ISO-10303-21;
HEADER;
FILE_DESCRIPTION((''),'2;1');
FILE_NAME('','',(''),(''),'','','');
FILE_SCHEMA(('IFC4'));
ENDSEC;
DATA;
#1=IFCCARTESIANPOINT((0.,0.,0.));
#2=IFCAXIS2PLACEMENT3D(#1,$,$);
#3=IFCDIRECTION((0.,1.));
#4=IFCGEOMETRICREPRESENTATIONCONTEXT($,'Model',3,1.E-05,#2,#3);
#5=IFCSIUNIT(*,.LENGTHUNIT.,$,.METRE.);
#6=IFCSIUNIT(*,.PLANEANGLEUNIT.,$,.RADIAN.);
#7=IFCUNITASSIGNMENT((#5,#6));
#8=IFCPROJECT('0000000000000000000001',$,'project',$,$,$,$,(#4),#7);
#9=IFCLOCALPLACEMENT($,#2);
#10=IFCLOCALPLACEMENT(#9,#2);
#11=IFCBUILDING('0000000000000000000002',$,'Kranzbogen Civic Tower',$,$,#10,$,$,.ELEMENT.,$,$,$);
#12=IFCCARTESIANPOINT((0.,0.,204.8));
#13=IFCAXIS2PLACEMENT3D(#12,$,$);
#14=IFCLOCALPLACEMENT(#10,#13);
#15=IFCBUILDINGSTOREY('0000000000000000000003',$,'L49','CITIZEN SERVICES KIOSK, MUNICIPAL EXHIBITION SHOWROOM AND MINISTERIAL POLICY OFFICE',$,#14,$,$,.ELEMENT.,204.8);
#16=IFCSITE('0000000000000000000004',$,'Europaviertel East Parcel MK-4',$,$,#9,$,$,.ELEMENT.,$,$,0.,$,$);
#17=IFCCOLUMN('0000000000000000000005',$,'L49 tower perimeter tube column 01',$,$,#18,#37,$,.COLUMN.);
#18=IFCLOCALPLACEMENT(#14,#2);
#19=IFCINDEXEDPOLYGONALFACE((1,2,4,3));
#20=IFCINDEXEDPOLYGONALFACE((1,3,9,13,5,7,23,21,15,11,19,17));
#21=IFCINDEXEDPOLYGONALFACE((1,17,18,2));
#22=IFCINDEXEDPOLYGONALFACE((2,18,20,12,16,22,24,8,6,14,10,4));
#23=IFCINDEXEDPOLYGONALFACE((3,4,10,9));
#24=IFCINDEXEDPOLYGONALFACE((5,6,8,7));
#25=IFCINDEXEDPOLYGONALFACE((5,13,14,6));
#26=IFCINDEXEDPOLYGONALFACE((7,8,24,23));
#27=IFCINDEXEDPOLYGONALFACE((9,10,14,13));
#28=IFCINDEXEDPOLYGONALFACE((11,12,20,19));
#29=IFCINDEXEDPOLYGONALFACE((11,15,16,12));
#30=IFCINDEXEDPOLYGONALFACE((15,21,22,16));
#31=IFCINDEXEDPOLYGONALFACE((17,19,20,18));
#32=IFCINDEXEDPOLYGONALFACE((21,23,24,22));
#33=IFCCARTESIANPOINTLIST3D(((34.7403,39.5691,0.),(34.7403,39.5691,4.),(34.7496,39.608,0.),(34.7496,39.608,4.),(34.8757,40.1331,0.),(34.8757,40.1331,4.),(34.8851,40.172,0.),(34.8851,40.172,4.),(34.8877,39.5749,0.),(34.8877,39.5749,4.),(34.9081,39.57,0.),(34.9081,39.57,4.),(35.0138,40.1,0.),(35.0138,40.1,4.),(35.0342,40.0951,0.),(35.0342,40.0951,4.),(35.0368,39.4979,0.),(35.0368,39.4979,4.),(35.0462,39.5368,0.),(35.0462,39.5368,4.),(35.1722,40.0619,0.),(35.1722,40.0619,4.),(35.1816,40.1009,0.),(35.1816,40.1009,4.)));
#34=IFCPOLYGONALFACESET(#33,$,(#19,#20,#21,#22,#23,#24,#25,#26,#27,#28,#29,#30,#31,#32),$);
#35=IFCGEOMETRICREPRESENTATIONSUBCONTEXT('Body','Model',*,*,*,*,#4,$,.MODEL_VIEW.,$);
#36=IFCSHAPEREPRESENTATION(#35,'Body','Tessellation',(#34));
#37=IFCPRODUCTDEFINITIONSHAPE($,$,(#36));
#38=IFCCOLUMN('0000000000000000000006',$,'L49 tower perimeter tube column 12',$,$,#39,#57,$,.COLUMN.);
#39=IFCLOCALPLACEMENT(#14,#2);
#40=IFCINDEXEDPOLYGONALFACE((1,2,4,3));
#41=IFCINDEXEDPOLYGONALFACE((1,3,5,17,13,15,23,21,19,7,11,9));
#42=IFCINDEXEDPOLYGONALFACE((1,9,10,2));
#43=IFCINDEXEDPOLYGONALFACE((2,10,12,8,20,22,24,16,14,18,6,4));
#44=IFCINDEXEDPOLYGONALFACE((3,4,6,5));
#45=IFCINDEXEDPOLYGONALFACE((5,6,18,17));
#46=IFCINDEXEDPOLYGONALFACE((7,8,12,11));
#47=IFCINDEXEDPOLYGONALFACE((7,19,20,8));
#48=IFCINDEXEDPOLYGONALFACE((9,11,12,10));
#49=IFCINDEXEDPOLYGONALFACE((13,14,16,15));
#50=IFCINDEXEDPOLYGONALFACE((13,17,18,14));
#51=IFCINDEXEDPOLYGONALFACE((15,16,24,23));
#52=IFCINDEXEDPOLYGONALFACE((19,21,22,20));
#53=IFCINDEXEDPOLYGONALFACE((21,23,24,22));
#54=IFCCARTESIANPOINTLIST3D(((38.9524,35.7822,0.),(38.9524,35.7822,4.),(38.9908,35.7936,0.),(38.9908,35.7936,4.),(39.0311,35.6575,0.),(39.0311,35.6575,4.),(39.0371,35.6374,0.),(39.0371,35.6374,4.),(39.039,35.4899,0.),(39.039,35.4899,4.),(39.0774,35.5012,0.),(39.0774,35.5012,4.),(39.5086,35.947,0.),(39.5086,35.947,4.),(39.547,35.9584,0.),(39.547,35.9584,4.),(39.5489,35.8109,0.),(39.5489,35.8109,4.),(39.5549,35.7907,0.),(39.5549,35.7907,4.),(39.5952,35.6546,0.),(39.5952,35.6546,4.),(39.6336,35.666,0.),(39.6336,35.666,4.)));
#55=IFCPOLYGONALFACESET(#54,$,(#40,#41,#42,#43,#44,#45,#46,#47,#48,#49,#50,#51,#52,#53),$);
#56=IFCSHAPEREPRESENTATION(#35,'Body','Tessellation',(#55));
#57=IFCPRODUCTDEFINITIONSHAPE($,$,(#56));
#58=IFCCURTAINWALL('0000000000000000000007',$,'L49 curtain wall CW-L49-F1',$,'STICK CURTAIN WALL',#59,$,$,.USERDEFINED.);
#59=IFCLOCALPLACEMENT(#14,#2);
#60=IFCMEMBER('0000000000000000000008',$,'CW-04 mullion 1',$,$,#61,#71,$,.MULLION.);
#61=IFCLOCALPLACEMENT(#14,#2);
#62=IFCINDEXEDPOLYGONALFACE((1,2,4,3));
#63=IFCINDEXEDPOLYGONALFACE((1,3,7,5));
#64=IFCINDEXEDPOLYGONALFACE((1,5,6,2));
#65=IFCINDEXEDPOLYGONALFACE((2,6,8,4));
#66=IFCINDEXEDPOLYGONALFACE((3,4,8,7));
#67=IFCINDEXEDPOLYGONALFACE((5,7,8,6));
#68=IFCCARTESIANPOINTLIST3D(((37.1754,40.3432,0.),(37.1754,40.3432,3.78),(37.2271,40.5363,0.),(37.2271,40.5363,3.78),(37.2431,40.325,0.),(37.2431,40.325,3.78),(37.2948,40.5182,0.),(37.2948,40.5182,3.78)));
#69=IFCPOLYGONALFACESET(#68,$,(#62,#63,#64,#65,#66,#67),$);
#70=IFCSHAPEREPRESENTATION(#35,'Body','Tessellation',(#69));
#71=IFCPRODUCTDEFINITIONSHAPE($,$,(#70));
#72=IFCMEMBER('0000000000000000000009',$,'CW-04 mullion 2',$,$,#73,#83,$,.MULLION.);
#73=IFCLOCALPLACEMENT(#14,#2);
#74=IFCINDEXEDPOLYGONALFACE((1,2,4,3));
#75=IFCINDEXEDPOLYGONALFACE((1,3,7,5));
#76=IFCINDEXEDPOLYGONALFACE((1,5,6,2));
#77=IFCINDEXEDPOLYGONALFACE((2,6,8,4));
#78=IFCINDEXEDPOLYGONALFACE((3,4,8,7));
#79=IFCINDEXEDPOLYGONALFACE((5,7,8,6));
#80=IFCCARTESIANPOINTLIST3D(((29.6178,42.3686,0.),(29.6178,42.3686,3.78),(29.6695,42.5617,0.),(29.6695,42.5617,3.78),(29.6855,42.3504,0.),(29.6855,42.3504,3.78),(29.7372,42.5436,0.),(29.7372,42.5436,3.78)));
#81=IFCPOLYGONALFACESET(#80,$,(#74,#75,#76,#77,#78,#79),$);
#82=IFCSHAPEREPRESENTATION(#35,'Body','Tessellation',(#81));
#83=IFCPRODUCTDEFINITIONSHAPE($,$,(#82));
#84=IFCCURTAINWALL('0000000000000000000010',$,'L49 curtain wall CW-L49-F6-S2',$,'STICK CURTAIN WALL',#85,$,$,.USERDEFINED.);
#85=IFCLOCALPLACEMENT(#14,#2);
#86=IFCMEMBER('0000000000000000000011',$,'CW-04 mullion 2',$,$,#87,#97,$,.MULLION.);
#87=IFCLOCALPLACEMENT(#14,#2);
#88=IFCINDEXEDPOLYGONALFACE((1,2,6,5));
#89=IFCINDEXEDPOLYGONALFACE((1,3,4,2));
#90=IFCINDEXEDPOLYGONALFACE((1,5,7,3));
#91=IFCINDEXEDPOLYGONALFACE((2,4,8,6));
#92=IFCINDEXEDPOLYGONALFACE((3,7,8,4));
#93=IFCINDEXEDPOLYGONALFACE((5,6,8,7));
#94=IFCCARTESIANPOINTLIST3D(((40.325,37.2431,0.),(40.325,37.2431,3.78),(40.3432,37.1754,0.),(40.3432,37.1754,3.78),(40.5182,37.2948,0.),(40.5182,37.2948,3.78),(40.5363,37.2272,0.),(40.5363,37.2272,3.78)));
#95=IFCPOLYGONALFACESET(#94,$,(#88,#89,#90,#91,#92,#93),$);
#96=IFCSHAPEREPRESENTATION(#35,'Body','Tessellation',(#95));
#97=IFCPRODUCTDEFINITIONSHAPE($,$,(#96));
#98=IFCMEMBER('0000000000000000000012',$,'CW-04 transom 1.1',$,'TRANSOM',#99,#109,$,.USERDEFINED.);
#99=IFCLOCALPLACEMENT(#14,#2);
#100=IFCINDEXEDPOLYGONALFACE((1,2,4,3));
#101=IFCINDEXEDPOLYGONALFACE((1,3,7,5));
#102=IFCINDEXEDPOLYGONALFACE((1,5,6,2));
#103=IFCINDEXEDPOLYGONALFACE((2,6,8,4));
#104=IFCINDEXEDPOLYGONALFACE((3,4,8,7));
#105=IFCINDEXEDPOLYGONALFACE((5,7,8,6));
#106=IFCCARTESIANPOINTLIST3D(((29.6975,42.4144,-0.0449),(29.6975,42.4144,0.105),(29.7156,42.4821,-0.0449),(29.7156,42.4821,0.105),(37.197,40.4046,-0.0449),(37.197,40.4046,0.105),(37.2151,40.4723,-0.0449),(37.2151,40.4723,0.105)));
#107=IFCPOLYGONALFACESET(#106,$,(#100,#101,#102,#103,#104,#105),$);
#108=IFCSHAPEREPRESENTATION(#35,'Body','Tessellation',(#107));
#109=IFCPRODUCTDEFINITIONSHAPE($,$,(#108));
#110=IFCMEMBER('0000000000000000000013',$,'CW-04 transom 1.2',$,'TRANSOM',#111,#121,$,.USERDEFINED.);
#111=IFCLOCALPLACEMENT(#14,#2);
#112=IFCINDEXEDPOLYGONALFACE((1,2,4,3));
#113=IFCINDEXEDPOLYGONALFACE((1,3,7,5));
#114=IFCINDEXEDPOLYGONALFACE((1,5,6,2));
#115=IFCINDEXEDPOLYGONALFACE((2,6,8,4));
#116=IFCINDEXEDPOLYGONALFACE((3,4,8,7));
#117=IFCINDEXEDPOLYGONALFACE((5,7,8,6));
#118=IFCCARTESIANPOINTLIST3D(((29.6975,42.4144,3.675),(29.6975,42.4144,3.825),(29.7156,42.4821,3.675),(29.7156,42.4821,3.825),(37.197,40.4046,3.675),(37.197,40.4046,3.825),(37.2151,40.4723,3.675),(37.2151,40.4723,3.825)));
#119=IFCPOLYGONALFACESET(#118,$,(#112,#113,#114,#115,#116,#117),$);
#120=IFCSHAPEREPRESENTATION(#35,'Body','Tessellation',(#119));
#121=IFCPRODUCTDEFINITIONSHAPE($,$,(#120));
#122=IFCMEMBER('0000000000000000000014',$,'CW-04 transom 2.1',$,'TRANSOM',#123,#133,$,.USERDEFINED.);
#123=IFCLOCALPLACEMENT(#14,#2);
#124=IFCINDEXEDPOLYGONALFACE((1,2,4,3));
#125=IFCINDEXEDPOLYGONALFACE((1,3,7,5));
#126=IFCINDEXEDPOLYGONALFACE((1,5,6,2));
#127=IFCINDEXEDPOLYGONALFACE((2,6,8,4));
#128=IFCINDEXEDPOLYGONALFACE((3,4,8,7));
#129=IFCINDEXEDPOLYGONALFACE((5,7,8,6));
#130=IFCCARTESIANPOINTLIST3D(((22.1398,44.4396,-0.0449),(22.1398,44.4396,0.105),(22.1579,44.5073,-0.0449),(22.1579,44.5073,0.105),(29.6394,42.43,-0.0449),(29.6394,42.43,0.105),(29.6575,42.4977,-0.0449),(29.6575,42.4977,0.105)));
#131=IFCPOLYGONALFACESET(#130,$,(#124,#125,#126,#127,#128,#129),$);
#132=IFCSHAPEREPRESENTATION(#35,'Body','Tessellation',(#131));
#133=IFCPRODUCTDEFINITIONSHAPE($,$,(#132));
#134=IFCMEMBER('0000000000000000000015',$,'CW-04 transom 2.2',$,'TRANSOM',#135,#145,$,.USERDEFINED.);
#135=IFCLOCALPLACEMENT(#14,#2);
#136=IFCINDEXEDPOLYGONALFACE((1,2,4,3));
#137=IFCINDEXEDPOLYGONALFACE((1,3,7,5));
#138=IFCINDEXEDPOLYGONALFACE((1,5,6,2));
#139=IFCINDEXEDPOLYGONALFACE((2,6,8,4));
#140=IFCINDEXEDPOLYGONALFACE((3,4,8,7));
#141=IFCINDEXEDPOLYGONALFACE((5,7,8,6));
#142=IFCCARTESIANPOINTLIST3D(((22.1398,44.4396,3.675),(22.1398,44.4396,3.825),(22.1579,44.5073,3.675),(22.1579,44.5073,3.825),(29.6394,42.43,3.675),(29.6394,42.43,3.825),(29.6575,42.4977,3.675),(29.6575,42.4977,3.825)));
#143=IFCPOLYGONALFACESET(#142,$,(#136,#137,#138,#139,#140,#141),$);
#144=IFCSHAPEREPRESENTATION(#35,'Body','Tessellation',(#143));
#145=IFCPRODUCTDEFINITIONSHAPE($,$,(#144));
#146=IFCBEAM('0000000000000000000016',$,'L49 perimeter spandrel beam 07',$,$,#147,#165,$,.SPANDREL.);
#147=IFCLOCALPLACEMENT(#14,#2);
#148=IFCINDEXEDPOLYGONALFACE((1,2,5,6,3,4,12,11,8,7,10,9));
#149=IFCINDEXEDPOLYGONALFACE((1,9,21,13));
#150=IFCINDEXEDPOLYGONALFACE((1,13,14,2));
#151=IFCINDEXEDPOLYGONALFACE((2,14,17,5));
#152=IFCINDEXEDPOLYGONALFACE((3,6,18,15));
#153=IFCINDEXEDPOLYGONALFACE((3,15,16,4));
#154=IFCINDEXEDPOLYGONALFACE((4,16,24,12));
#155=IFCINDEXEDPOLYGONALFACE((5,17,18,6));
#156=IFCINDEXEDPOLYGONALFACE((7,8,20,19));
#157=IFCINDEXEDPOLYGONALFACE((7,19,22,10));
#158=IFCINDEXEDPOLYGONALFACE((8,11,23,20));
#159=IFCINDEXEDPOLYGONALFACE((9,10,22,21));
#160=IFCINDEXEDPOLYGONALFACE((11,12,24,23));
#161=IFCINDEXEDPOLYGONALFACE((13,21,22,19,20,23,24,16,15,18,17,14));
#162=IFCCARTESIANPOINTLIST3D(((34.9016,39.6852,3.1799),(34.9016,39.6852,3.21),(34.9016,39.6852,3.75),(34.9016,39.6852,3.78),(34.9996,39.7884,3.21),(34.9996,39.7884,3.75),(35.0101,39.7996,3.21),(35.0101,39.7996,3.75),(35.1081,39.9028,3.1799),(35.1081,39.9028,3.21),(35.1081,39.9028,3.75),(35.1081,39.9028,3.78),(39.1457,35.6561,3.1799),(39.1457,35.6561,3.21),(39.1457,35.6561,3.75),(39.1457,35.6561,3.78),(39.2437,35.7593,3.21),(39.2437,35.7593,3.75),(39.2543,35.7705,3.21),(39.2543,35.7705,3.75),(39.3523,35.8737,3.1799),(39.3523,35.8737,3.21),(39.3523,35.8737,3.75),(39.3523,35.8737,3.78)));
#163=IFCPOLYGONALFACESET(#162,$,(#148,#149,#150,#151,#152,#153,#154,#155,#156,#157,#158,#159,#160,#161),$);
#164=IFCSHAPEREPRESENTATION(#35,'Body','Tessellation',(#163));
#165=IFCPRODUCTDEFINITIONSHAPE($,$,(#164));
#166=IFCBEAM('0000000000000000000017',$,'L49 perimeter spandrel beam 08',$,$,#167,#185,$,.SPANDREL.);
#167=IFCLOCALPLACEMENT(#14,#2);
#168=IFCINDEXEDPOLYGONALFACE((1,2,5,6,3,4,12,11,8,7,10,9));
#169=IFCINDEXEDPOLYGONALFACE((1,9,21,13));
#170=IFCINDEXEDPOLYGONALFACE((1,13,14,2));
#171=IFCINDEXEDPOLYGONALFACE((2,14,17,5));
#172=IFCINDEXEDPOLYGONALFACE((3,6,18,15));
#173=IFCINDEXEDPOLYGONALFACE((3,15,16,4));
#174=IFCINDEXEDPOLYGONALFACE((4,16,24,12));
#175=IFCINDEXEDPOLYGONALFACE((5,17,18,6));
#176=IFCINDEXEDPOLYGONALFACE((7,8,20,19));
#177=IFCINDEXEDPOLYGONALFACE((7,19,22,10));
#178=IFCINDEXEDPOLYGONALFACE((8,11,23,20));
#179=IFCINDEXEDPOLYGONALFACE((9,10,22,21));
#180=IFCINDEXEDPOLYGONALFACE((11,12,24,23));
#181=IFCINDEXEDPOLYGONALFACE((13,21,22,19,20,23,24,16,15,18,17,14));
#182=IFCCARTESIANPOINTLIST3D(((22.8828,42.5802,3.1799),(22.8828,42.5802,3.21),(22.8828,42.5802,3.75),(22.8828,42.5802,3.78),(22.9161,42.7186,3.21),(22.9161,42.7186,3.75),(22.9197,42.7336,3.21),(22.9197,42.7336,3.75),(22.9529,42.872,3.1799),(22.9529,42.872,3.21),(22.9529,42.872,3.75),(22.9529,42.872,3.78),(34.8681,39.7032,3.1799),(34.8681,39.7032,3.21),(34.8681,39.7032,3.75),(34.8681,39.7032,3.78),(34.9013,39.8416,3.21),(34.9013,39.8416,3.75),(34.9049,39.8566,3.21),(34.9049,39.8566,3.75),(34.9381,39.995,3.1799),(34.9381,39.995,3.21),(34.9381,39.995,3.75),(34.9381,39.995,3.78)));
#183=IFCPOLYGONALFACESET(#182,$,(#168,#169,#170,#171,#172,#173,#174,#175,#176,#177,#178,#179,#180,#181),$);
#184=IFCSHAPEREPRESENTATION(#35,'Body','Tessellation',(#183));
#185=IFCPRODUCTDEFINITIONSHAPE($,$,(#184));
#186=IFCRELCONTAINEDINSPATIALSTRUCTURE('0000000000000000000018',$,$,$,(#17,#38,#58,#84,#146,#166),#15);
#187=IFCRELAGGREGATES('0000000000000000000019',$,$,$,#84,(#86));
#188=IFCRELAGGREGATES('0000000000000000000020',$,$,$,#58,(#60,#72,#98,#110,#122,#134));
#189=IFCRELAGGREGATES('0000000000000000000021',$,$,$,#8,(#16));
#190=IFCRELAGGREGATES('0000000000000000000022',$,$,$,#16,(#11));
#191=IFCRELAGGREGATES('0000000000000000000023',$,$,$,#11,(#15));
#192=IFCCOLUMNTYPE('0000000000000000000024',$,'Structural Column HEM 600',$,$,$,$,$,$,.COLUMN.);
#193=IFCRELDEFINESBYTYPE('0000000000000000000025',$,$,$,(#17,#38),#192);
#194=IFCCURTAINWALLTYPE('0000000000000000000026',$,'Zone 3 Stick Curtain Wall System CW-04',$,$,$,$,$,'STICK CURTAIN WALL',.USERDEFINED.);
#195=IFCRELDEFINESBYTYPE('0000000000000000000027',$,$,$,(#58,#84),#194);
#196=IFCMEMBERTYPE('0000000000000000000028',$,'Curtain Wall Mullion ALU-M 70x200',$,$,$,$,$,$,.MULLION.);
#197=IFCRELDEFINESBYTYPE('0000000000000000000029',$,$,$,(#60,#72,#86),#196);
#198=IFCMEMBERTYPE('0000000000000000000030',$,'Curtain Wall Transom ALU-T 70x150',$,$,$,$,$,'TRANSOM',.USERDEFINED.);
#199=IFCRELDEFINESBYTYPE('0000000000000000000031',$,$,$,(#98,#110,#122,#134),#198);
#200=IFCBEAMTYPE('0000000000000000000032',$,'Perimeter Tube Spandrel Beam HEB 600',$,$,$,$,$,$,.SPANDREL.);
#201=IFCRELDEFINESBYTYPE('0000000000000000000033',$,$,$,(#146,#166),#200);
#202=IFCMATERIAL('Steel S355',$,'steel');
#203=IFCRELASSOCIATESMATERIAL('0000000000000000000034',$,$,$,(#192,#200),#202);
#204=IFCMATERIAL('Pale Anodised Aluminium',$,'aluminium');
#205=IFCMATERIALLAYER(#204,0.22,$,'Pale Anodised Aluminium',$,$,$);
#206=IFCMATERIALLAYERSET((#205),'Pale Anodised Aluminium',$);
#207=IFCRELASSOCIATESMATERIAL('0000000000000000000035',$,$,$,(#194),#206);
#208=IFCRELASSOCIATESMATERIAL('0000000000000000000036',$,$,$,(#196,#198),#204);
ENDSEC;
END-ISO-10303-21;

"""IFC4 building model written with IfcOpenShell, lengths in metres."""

from ifc_helpers import new_model, si_unit, direction, frame, origin, origin_2d, place, context, subcontext, project, spatial, rectangle, i_section, extrude, material, layer, layer_set, material_profile, profile_set, type_object, element, aggregate, save


model = new_model("IFC4")

# Units and contexts
model_context = context("Model", 3, precision=1e-05, world=origin(), true_north=direction((0.0, 1.0)))
body_context = subcontext(model_context, "Body", "Model", "MODEL_VIEW")
ifc_project = project(units=[si_unit("LENGTHUNIT", "METRE"), si_unit("PLANEANGLEUNIT", "RADIAN")], contexts=[model_context])

# Site, building, storey
site_placement = place(None, origin())
site = spatial("IfcSite", under=ifc_project, at=site_placement, Name="Europaviertel East Parcel MK-4", CompositionType="ELEMENT", RefElevation=0.0)
building_placement = place(site_placement, origin())
building = spatial("IfcBuilding", under=site, at=building_placement, Name="Kranzbogen Civic Tower", CompositionType="ELEMENT")
storey_placement = place(building_placement, frame((0.0, 0.0, 204.8)))
storey = spatial("IfcBuildingStorey", under=building, at=storey_placement, Name="L49", Description="CITIZEN SERVICES KIOSK, MUNICIPAL EXHIBITION SHOWROOM AND MINISTERIAL POLICY OFFICE", CompositionType="ELEMENT", Elevation=204.8)

# Columns
ifc_material_1 = material(Name="Steel S355", Category="steel")
ifc_material_profile_1 = material_profile(ifc_material_1, i_section(OverallWidth=0.3049, OverallDepth=0.6201, WebThickness=0.021, FlangeThickness=0.04, at=origin_2d()), Name="HEM 600")
ifc_profile_set_1 = profile_set([ifc_material_profile_1], Name="Steel S355")
column_type = type_object("IfcColumnType", Name="Structural Column HEM 600", PredefinedType="COLUMN", material=ifc_profile_set_1)
for number, where, z_axis, x_axis, name in (
    (1, (34.9609, 39.835, 0.0), (0.0, 0.0, 1.0), (-0.97237, 0.233445, 0.0), "L49 tower perimeter tube column 01"),
    (2, (39.293, 35.7241, 0.0), (0.0, 0.0, 1.0), (-0.284015, 0.95882, 0.0), "L49 tower perimeter tube column 12"),
):
    element("IfcColumn", number, at=place(storey_placement, frame(where, z_axis=z_axis, x_axis=x_axis)), inside=storey, type_object=column_type, Name=name, PredefinedType="COLUMN", context=body_context, shape_type="SweptSolid", body=[
        extrude(i_section(OverallWidth=0.3049, OverallDepth=0.6201, WebThickness=0.021, FlangeThickness=0.04, at=origin_2d()), origin(), (0.0, 0.0, 1.0), 4.0),
    ])

# Curtain wall, members
ifc_material_2 = material(Name="Pale Anodised Aluminium", Category="aluminium")
ifc_layer_1 = layer(ifc_material_2, 0.22, Name="Pale Anodised Aluminium")
ifc_layer_set_1 = layer_set([ifc_layer_1], Name="Pale Anodised Aluminium")
curtain_wall_type = type_object("IfcCurtainWallType", Name="Zone 3 Stick Curtain Wall System CW-04", ElementType="STICK CURTAIN WALL", PredefinedType="USERDEFINED", material=ifc_layer_set_1)
curtain_wall_1_placement = place(storey_placement, origin())
curtain_wall_1 = element("IfcCurtainWall", 3, at=curtain_wall_1_placement, inside=storey, type_object=curtain_wall_type, Name="L49 curtain wall CW-L49-F1", ObjectType="STICK CURTAIN WALL", PredefinedType="USERDEFINED")
ifc_material_profile_2 = material_profile(ifc_material_2, rectangle(XDim=0.0701, YDim=0.2, at=origin_2d()), Name="ALU-M 70x200")
ifc_profile_set_2 = profile_set([ifc_material_profile_2], Name="Pale Anodised Aluminium")
member_type_1 = type_object("IfcMemberType", Name="Curtain Wall Mullion ALU-M 70x200", PredefinedType="MULLION", material=ifc_profile_set_2)
member_1_placement = place(storey_placement, frame((37.2351, 40.4307, 0.0), z_axis=(0.0, 0.0, 1.0), x_axis=(-0.965919, 0.258843, 0.0)))
member_1 = element("IfcMember", 4, at=member_1_placement, type_object=member_type_1, Name="CW-04 mullion 1", PredefinedType="MULLION", context=body_context, shape_type="SweptSolid", body=[
    extrude(rectangle(XDim=0.0701, YDim=0.2, at=origin_2d()), origin(), (0.0, 0.0, 1.0), 3.78),
])
member_2_placement = place(storey_placement, frame((29.6775, 42.4561, 0.0), z_axis=(0.0, 0.0, 1.0), x_axis=(-0.965919, 0.258843, 0.0)))
member_2 = element("IfcMember", 5, at=member_2_placement, type_object=member_type_1, Name="CW-04 mullion 2", PredefinedType="MULLION", context=body_context, shape_type="SweptSolid", body=[
    extrude(rectangle(XDim=0.0701, YDim=0.2, at=origin_2d()), origin(), (0.0, 0.0, 1.0), 3.78),
])

# Curtain wall, member
curtain_wall_2_placement = place(storey_placement, origin())
curtain_wall_2 = element("IfcCurtainWall", 6, at=curtain_wall_2_placement, inside=storey, type_object=curtain_wall_type, Name="L49 curtain wall CW-L49-F6-S2", ObjectType="STICK CURTAIN WALL", PredefinedType="USERDEFINED")
member_3_placement = place(storey_placement, frame((40.4307, 37.2351, 0.0), z_axis=(0.0, 0.0, 1.0), x_axis=(-0.258906, 0.965902, 0.0)))
member_3 = element("IfcMember", 7, at=member_3_placement, type_object=member_type_1, Name="CW-04 mullion 2", PredefinedType="MULLION", context=body_context, shape_type="SweptSolid", body=[
    extrude(rectangle(XDim=0.0701, YDim=0.2, at=origin_2d()), origin(), (0.0, 0.0, 1.0), 3.78),
])
aggregate(curtain_wall_2, [member_3])

# Members
ifc_material_profile_3 = material_profile(ifc_material_2, rectangle(XDim=0.0701, YDim=0.1499, at=origin_2d()), Name="ALU-T 70x150")
ifc_profile_set_3 = profile_set([ifc_material_profile_3], Name="Pale Anodised Aluminium")
member_type_2 = type_object("IfcMemberType", Name="Curtain Wall Transom ALU-T 70x150", ElementType="TRANSOM", PredefinedType="USERDEFINED", material=ifc_profile_set_3)
member_4_placement = place(storey_placement, frame((37.2061, 40.4385, 0.03), z_axis=(-0.965917, 0.258852, 0.0), x_axis=(-0.258852, -0.965917, 0.0)))
member_4 = element("IfcMember", 8, at=member_4_placement, type_object=member_type_2, Name="CW-04 transom 1.1", ObjectType="TRANSOM", PredefinedType="USERDEFINED", context=body_context, shape_type="SweptSolid", body=[
    extrude(rectangle(XDim=0.0701, YDim=0.1499, at=origin_2d()), origin(), (0.0, 0.0, 1.0), 7.7642),
])
member_5_placement = place(storey_placement, frame((37.2061, 40.4385, 3.75), z_axis=(-0.965917, 0.258852, 0.0), x_axis=(-0.258852, -0.965917, 0.0)))
member_5 = element("IfcMember", 9, at=member_5_placement, type_object=member_type_2, Name="CW-04 transom 1.2", ObjectType="TRANSOM", PredefinedType="USERDEFINED", context=body_context, shape_type="SweptSolid", body=[
    extrude(rectangle(XDim=0.0701, YDim=0.1499, at=origin_2d()), origin(), (0.0, 0.0, 1.0), 7.7642),
])
member_6_placement = place(storey_placement, frame((29.6484, 42.4639, 0.03), z_axis=(-0.965925, 0.258823, 0.0), x_axis=(-0.258823, -0.965925, 0.0)))
member_6 = element("IfcMember", 10, at=member_6_placement, type_object=member_type_2, Name="CW-04 transom 2.1", ObjectType="TRANSOM", PredefinedType="USERDEFINED", context=body_context, shape_type="SweptSolid", body=[
    extrude(rectangle(XDim=0.0701, YDim=0.1499, at=origin_2d()), origin(), (0.0, 0.0, 1.0), 7.7642),
])
member_7_placement = place(storey_placement, frame((29.6484, 42.4639, 3.75), z_axis=(-0.965925, 0.258823, 0.0), x_axis=(-0.258823, -0.965925, 0.0)))
member_7 = element("IfcMember", 11, at=member_7_placement, type_object=member_type_2, Name="CW-04 transom 2.2", ObjectType="TRANSOM", PredefinedType="USERDEFINED", context=body_context, shape_type="SweptSolid", body=[
    extrude(rectangle(XDim=0.0701, YDim=0.1499, at=origin_2d()), origin(), (0.0, 0.0, 1.0), 7.7642),
])

# Beams
ifc_material_profile_4 = material_profile(ifc_material_1, i_section(OverallWidth=0.3, OverallDepth=0.6001, WebThickness=0.0154, FlangeThickness=0.03, at=origin_2d()), Name="HEB 600")
ifc_profile_set_4 = profile_set([ifc_material_profile_4], Name="Steel S355")
beam_type_1 = type_object("IfcBeamType", Name="Perimeter Tube Spandrel Beam HEB 600", PredefinedType="SPANDREL", material=ifc_profile_set_4)
beam_1_placement = place(storey_placement, frame((39.249, 35.7649, 3.48), z_axis=(-0.725245, 0.688491, 0.0), x_axis=(-0.688491, -0.725245, 0.0)))
element("IfcBeam", 12, at=beam_1_placement, inside=storey, type_object=beam_type_1, Name="L49 perimeter spandrel beam 07", PredefinedType="SPANDREL", context=body_context, shape_type="SweptSolid", body=[
    extrude(i_section(OverallWidth=0.3, OverallDepth=0.6001, WebThickness=0.0154, FlangeThickness=0.03, at=origin_2d()), origin(), (0.0, 0.0, 1.0), 5.8521),
])
beam_2_placement = place(storey_placement, frame((34.9031, 39.8491, 3.48), z_axis=(-0.972378, 0.233413, 0.0), x_axis=(-0.233413, -0.972378, 0.0)))
element("IfcBeam", 13, at=beam_2_placement, inside=storey, type_object=beam_type_1, Name="L49 perimeter spandrel beam 08", PredefinedType="SPANDREL", context=body_context, shape_type="SweptSolid", body=[
    extrude(i_section(OverallWidth=0.3, OverallDepth=0.6001, WebThickness=0.0154, FlangeThickness=0.03, at=origin_2d()), origin(), (0.0, 0.0, 1.0), 12.3257),
])

aggregate(curtain_wall_1, [member_1, member_2, member_4, member_5, member_6, member_7])

save(model, "model.ifc")
